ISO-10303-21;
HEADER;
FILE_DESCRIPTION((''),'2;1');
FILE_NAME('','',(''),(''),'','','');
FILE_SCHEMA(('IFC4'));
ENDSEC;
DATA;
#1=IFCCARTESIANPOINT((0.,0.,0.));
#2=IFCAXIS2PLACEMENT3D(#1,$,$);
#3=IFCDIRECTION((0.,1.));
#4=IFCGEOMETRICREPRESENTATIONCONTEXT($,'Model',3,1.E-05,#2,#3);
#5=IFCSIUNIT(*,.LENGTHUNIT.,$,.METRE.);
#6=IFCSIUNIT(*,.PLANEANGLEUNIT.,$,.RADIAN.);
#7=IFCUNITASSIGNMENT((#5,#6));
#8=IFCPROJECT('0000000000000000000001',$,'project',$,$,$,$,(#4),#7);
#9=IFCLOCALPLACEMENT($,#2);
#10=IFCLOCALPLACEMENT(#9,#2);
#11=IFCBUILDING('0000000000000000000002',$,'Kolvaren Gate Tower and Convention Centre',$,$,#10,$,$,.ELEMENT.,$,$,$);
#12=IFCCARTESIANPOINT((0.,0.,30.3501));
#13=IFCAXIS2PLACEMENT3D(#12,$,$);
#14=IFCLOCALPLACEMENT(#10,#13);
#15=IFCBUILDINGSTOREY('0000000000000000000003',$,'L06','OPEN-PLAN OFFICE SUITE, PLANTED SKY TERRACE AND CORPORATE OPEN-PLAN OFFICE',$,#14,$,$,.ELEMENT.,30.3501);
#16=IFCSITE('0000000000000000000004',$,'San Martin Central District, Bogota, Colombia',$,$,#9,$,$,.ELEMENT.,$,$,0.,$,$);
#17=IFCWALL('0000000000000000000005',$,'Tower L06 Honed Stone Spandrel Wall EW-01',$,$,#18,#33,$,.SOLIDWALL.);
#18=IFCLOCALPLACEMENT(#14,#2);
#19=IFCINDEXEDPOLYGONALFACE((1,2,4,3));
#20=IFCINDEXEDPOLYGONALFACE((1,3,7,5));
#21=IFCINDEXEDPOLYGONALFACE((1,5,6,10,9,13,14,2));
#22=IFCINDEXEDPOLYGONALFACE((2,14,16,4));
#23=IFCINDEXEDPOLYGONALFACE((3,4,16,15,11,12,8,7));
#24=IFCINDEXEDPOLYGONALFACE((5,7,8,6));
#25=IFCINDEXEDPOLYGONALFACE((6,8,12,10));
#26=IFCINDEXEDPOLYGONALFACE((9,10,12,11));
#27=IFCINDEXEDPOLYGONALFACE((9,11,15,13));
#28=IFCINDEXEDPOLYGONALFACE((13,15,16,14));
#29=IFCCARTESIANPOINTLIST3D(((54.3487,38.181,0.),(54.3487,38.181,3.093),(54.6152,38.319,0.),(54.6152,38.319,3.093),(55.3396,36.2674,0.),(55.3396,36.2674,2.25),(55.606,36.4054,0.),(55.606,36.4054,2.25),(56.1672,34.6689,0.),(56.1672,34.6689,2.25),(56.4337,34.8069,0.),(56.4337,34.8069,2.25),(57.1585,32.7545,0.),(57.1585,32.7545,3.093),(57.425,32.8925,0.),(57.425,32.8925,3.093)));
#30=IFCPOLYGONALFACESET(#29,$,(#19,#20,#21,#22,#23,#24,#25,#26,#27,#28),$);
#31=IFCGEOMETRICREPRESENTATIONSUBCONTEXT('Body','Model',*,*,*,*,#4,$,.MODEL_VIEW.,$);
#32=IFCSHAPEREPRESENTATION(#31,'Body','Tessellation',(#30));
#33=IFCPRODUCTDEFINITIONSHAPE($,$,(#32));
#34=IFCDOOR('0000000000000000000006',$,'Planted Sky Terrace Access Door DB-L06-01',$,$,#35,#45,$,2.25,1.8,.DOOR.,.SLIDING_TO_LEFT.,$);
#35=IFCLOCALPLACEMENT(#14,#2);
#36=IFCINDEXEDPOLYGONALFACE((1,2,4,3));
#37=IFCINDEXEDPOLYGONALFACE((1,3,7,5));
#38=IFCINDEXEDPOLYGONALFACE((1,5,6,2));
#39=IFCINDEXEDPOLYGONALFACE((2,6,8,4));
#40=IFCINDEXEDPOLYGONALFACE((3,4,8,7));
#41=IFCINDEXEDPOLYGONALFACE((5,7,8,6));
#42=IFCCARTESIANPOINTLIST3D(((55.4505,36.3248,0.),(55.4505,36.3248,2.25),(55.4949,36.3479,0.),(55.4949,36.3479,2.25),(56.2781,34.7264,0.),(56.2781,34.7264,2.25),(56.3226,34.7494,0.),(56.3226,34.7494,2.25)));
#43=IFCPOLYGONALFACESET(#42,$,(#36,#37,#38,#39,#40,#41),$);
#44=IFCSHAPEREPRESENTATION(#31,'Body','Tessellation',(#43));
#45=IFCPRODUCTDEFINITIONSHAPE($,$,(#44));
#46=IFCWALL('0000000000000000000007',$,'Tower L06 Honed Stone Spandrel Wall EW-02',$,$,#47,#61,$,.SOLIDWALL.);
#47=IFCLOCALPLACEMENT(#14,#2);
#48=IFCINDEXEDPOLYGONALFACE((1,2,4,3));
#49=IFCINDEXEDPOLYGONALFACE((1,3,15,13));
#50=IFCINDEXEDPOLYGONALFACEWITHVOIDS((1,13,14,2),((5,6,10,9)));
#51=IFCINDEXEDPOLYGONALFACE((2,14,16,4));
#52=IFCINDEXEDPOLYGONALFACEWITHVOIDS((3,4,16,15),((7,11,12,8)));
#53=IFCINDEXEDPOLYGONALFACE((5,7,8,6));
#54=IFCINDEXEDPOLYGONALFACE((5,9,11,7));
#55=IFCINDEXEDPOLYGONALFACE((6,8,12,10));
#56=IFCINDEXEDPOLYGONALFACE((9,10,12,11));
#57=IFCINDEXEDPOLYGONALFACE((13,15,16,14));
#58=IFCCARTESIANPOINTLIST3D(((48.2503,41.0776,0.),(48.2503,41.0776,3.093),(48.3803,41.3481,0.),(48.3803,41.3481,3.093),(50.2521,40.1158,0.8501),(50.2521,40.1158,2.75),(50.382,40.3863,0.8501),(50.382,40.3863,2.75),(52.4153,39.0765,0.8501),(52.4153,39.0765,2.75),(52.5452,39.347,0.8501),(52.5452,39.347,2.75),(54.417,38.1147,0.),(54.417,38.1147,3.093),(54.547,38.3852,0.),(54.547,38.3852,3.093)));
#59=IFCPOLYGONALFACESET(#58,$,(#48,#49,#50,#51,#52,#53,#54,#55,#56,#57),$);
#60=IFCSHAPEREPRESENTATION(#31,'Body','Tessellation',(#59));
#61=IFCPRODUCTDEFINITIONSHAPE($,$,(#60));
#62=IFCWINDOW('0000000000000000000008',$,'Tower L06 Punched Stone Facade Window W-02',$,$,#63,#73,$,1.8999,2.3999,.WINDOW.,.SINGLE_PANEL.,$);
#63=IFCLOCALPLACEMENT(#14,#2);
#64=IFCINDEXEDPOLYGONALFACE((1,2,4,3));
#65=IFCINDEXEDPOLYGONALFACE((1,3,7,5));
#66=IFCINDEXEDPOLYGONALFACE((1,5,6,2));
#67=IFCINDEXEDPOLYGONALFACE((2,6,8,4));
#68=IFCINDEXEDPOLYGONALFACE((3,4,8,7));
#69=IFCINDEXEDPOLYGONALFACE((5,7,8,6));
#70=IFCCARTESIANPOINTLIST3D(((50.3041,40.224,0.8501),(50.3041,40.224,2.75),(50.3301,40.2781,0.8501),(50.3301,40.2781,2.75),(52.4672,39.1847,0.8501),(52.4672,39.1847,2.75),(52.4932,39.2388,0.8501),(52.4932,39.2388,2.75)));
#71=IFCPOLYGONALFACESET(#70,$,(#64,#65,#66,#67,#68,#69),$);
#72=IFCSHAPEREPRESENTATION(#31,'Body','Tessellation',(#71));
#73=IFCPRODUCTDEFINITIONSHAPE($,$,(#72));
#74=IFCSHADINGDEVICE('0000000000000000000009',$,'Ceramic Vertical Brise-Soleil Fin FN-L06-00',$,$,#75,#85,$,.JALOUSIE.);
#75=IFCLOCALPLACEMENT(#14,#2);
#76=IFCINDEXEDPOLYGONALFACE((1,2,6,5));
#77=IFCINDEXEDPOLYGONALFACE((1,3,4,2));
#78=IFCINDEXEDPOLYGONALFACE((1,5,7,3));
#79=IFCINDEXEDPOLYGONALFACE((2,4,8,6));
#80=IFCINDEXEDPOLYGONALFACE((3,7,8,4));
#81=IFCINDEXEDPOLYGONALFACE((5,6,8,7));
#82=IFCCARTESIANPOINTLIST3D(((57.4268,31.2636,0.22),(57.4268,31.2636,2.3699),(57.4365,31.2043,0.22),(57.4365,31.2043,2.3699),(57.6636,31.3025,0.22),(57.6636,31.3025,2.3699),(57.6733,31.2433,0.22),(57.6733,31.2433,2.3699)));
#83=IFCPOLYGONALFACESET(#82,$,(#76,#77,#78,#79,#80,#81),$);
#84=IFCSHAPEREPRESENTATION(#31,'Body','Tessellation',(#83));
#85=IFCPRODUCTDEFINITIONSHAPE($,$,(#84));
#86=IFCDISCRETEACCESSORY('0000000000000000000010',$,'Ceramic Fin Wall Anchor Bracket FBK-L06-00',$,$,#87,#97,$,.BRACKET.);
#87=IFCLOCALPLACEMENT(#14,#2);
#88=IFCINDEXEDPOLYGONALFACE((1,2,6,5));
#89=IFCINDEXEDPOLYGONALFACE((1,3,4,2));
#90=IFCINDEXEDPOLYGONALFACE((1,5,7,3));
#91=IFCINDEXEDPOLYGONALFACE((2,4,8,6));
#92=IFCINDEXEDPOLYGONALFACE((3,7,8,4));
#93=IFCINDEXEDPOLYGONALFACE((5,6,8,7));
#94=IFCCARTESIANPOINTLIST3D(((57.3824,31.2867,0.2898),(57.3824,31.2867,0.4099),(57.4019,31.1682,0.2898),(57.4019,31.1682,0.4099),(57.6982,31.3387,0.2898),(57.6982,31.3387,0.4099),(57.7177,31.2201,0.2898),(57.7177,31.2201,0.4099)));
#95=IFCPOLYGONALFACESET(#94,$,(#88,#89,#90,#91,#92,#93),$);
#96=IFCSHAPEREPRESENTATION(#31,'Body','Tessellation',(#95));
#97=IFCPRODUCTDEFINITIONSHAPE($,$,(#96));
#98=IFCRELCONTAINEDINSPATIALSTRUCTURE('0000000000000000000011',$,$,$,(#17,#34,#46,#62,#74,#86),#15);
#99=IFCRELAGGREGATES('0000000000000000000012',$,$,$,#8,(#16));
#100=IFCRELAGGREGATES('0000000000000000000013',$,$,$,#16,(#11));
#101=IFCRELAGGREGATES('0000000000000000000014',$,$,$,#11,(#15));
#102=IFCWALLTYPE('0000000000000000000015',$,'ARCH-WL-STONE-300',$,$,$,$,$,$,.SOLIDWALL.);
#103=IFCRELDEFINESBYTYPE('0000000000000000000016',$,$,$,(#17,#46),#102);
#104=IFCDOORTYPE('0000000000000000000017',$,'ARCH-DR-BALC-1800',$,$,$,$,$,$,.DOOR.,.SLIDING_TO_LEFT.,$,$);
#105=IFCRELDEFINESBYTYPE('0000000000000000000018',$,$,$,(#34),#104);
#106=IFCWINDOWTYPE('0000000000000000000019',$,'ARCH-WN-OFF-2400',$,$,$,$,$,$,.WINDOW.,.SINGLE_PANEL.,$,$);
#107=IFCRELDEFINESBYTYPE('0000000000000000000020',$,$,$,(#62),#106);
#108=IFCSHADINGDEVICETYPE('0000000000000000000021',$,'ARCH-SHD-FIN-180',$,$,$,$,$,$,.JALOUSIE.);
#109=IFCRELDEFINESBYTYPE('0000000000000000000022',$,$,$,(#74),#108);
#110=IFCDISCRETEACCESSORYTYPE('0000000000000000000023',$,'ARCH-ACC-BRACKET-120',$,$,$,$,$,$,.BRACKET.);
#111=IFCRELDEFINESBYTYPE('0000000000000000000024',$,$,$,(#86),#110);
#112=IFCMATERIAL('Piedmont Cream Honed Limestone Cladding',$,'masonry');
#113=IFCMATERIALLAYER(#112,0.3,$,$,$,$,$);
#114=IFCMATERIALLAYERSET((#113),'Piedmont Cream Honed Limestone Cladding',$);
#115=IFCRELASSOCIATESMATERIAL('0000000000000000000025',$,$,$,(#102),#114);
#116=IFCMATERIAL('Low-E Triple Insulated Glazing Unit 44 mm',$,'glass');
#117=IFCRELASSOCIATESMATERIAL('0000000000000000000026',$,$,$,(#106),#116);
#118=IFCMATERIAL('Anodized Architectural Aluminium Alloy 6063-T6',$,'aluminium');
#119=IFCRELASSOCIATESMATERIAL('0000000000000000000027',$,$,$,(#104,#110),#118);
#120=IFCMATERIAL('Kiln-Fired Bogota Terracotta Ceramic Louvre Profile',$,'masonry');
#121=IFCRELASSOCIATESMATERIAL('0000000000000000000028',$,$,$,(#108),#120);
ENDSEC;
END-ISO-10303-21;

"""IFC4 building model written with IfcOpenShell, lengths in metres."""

from ifc_helpers import new_model, si_unit, direction, frame, frame_2d, origin, origin_2d, place, context, subcontext, project, spatial, rectangle, extrude, material, layer, layer_set, type_object, element, fill, save


model = new_model("IFC4")

# Units and contexts
model_context = context("Model", 3, precision=1e-05, world=origin(), true_north=direction((0.0, 1.0)))
body_context = subcontext(model_context, "Body", "Model", "MODEL_VIEW")
ifc_project = project(units=[si_unit("LENGTHUNIT", "METRE"), si_unit("PLANEANGLEUNIT", "RADIAN")], contexts=[model_context])

# Site, building, storey
site_placement = place(None, origin())
site = spatial("IfcSite", under=ifc_project, at=site_placement, Name="San Martin Central District, Bogota, Colombia", CompositionType="ELEMENT", RefElevation=0.0)
building_placement = place(site_placement, origin())
building = spatial("IfcBuilding", under=site, at=building_placement, Name="Kolvaren Gate Tower and Convention Centre", CompositionType="ELEMENT")
storey_placement = place(building_placement, frame((0.0, 0.0, 30.3501)))
storey = spatial("IfcBuildingStorey", under=building, at=storey_placement, Name="L06", Description="OPEN-PLAN OFFICE SUITE, PLANTED SKY TERRACE AND CORPORATE OPEN-PLAN OFFICE", CompositionType="ELEMENT", Elevation=30.3501)

# Shared definitions
ifc_material_1 = material(Name="Anodized Architectural Aluminium Alloy 6063-T6", Category="aluminium")

# Shared definitions
ifc_material_2 = material(Name="Piedmont Cream Honed Limestone Cladding", Category="masonry")

# Shared definitions
ifc_layer_1 = layer(ifc_material_2, 0.3)
ifc_layer_set_1 = layer_set([ifc_layer_1], Name="Piedmont Cream Honed Limestone Cladding")
wall_type_1 = type_object("IfcWallType", Name="ARCH-WL-STONE-300", PredefinedType="SOLIDWALL", material=ifc_layer_set_1)
ifc_material_3 = material(Name="Low-E Triple Insulated Glazing Unit 44 mm", Category="glass")
window_type = type_object("IfcWindowType", Name="ARCH-WN-OFF-2400", PartitioningType="SINGLE_PANEL", PredefinedType="WINDOW", material=ifc_material_3)

# Wall, opening, door
wall_1_placement = place(storey_placement, frame((54.4819, 38.25, 0.0), z_axis=(0.0, 0.0, 1.0), x_axis=(0.45981, -0.888017, 0.0)))
wall_1 = element("IfcWall", 1, at=wall_1_placement, inside=storey, type_object=wall_type_1, Name="Tower L06 Honed Stone Spandrel Wall EW-01", PredefinedType="SOLIDWALL", context=body_context, shape_type="SweptSolid", body=[
    extrude(rectangle(XDim=6.1108, YDim=0.3, at=frame_2d((3.0554, 0.0))), origin(), (0.0, 0.0, 1.0), 3.093),
])
opening_1_placement = place(wall_1_placement, frame((2.155, 0.0, 0.0)))
opening_1 = element("IfcOpeningElement", 2, at=opening_1_placement, cuts=wall_1, PredefinedType="OPENING", context=body_context, shape_type="SweptSolid", body=[
    extrude(rectangle(XDim=1.8, YDim=2.25, at=frame_2d((0.8999, 1.125))), frame((0.0, 0.1599, 0.0), z_axis=(0.0, -1.0, 0.0), x_axis=(1.0, 0.0, 0.0)), (0.0, 0.0, 1.0), 0.3201),
])
door_type_1 = type_object("IfcDoorType", Name="ARCH-DR-BALC-1800", OperationType="SLIDING_TO_LEFT", PredefinedType="DOOR", material=ifc_material_1)
door_1_placement = place(opening_1_placement, origin())
door_1 = element("IfcDoor", 3, at=door_1_placement, inside=storey, type_object=door_type_1, Name="Planted Sky Terrace Access Door DB-L06-01", OperationType="SLIDING_TO_LEFT", OverallHeight=2.25, OverallWidth=1.8, PredefinedType="DOOR", context=body_context, shape_type="SweptSolid", body=[
    extrude(rectangle(XDim=1.8, YDim=2.25, at=frame_2d((0.8999, 1.125))), frame((0.0, 0.0249, 0.0), z_axis=(0.0, -1.0, 0.0), x_axis=(1.0, 0.0, 0.0)), (0.0, 0.0, 1.0), 0.05),
])
fill(opening_1, door_1)

# Wall, opening, window
wall_2_placement = place(storey_placement, frame((48.3152, 41.2129, 0.0), z_axis=(0.0, 0.0, 1.0), x_axis=(0.90136, -0.43307, 0.0)))
wall_2 = element("IfcWall", 4, at=wall_2_placement, inside=storey, type_object=wall_type_1, Name="Tower L06 Honed Stone Spandrel Wall EW-02", PredefinedType="SOLIDWALL", context=body_context, shape_type="SweptSolid", body=[
    extrude(rectangle(XDim=6.8416, YDim=0.3, at=frame_2d((3.4209, 0.0))), origin(), (0.0, 0.0, 1.0), 3.093),
])
opening_2_placement = place(wall_2_placement, frame((2.2209, 0.0, 0.8501)))
opening_2 = element("IfcOpeningElement", 5, at=opening_2_placement, cuts=wall_2, PredefinedType="OPENING", context=body_context, shape_type="SweptSolid", body=[
    extrude(rectangle(XDim=2.3999, YDim=1.8999, at=frame_2d((1.2, 0.95))), frame((0.0, 0.1599, 0.0), z_axis=(0.0, -1.0, 0.0), x_axis=(1.0, 0.0, 0.0)), (0.0, 0.0, 1.0), 0.3201),
])
window_1_placement = place(opening_2_placement, origin())
window_1 = element("IfcWindow", 6, at=window_1_placement, inside=storey, type_object=window_type, Name="Tower L06 Punched Stone Facade Window W-02", OverallHeight=1.8999, OverallWidth=2.3999, PartitioningType="SINGLE_PANEL", PredefinedType="WINDOW", context=body_context, shape_type="SweptSolid", body=[
    extrude(rectangle(XDim=2.3999, YDim=1.8999, at=frame_2d((1.2, 0.95))), frame((0.0, 0.03, 0.0), z_axis=(0.0, -1.0, 0.0), x_axis=(1.0, 0.0, 0.0)), (0.0, 0.0, 1.0), 0.0601),
])
fill(opening_2, window_1)

# Shading device
ifc_material_4 = material(Name="Kiln-Fired Bogota Terracotta Ceramic Louvre Profile", Category="masonry")
shading_device_type = type_object("IfcShadingDeviceType", Name="ARCH-SHD-FIN-180", PredefinedType="JALOUSIE", material=ifc_material_4)
shading_device_placement = place(storey_placement, frame((57.55, 31.2534, 0.22), z_axis=(0.0, 0.0, 1.0), x_axis=(0.162377, -0.986729, 0.0)))
element("IfcShadingDevice", 7, at=shading_device_placement, inside=storey, type_object=shading_device_type, Name="Ceramic Vertical Brise-Soleil Fin FN-L06-00", PredefinedType="JALOUSIE", context=body_context, shape_type="SweptSolid", body=[
    extrude(rectangle(XDim=0.0601, YDim=0.24, at=origin_2d()), origin(), (0.0, 0.0, 1.0), 2.1499),
])

# Discrete accessory
discrete_accessory_type = type_object("IfcDiscreteAccessoryType", Name="ARCH-ACC-BRACKET-120", PredefinedType="BRACKET", material=ifc_material_1)
discrete_accessory_placement = place(storey_placement, frame((57.55, 31.2534, 0.2898), z_axis=(0.0, 0.0, 1.0), x_axis=(0.162377, -0.986729, 0.0)))
element("IfcDiscreteAccessory", 8, at=discrete_accessory_placement, inside=storey, type_object=discrete_accessory_type, Name="Ceramic Fin Wall Anchor Bracket FBK-L06-00", PredefinedType="BRACKET", context=body_context, shape_type="SweptSolid", body=[
    extrude(rectangle(XDim=0.1201, YDim=0.3201, at=origin_2d()), origin(), (0.0, 0.0, 1.0), 0.1201),
])

save(model, "model.ifc")
